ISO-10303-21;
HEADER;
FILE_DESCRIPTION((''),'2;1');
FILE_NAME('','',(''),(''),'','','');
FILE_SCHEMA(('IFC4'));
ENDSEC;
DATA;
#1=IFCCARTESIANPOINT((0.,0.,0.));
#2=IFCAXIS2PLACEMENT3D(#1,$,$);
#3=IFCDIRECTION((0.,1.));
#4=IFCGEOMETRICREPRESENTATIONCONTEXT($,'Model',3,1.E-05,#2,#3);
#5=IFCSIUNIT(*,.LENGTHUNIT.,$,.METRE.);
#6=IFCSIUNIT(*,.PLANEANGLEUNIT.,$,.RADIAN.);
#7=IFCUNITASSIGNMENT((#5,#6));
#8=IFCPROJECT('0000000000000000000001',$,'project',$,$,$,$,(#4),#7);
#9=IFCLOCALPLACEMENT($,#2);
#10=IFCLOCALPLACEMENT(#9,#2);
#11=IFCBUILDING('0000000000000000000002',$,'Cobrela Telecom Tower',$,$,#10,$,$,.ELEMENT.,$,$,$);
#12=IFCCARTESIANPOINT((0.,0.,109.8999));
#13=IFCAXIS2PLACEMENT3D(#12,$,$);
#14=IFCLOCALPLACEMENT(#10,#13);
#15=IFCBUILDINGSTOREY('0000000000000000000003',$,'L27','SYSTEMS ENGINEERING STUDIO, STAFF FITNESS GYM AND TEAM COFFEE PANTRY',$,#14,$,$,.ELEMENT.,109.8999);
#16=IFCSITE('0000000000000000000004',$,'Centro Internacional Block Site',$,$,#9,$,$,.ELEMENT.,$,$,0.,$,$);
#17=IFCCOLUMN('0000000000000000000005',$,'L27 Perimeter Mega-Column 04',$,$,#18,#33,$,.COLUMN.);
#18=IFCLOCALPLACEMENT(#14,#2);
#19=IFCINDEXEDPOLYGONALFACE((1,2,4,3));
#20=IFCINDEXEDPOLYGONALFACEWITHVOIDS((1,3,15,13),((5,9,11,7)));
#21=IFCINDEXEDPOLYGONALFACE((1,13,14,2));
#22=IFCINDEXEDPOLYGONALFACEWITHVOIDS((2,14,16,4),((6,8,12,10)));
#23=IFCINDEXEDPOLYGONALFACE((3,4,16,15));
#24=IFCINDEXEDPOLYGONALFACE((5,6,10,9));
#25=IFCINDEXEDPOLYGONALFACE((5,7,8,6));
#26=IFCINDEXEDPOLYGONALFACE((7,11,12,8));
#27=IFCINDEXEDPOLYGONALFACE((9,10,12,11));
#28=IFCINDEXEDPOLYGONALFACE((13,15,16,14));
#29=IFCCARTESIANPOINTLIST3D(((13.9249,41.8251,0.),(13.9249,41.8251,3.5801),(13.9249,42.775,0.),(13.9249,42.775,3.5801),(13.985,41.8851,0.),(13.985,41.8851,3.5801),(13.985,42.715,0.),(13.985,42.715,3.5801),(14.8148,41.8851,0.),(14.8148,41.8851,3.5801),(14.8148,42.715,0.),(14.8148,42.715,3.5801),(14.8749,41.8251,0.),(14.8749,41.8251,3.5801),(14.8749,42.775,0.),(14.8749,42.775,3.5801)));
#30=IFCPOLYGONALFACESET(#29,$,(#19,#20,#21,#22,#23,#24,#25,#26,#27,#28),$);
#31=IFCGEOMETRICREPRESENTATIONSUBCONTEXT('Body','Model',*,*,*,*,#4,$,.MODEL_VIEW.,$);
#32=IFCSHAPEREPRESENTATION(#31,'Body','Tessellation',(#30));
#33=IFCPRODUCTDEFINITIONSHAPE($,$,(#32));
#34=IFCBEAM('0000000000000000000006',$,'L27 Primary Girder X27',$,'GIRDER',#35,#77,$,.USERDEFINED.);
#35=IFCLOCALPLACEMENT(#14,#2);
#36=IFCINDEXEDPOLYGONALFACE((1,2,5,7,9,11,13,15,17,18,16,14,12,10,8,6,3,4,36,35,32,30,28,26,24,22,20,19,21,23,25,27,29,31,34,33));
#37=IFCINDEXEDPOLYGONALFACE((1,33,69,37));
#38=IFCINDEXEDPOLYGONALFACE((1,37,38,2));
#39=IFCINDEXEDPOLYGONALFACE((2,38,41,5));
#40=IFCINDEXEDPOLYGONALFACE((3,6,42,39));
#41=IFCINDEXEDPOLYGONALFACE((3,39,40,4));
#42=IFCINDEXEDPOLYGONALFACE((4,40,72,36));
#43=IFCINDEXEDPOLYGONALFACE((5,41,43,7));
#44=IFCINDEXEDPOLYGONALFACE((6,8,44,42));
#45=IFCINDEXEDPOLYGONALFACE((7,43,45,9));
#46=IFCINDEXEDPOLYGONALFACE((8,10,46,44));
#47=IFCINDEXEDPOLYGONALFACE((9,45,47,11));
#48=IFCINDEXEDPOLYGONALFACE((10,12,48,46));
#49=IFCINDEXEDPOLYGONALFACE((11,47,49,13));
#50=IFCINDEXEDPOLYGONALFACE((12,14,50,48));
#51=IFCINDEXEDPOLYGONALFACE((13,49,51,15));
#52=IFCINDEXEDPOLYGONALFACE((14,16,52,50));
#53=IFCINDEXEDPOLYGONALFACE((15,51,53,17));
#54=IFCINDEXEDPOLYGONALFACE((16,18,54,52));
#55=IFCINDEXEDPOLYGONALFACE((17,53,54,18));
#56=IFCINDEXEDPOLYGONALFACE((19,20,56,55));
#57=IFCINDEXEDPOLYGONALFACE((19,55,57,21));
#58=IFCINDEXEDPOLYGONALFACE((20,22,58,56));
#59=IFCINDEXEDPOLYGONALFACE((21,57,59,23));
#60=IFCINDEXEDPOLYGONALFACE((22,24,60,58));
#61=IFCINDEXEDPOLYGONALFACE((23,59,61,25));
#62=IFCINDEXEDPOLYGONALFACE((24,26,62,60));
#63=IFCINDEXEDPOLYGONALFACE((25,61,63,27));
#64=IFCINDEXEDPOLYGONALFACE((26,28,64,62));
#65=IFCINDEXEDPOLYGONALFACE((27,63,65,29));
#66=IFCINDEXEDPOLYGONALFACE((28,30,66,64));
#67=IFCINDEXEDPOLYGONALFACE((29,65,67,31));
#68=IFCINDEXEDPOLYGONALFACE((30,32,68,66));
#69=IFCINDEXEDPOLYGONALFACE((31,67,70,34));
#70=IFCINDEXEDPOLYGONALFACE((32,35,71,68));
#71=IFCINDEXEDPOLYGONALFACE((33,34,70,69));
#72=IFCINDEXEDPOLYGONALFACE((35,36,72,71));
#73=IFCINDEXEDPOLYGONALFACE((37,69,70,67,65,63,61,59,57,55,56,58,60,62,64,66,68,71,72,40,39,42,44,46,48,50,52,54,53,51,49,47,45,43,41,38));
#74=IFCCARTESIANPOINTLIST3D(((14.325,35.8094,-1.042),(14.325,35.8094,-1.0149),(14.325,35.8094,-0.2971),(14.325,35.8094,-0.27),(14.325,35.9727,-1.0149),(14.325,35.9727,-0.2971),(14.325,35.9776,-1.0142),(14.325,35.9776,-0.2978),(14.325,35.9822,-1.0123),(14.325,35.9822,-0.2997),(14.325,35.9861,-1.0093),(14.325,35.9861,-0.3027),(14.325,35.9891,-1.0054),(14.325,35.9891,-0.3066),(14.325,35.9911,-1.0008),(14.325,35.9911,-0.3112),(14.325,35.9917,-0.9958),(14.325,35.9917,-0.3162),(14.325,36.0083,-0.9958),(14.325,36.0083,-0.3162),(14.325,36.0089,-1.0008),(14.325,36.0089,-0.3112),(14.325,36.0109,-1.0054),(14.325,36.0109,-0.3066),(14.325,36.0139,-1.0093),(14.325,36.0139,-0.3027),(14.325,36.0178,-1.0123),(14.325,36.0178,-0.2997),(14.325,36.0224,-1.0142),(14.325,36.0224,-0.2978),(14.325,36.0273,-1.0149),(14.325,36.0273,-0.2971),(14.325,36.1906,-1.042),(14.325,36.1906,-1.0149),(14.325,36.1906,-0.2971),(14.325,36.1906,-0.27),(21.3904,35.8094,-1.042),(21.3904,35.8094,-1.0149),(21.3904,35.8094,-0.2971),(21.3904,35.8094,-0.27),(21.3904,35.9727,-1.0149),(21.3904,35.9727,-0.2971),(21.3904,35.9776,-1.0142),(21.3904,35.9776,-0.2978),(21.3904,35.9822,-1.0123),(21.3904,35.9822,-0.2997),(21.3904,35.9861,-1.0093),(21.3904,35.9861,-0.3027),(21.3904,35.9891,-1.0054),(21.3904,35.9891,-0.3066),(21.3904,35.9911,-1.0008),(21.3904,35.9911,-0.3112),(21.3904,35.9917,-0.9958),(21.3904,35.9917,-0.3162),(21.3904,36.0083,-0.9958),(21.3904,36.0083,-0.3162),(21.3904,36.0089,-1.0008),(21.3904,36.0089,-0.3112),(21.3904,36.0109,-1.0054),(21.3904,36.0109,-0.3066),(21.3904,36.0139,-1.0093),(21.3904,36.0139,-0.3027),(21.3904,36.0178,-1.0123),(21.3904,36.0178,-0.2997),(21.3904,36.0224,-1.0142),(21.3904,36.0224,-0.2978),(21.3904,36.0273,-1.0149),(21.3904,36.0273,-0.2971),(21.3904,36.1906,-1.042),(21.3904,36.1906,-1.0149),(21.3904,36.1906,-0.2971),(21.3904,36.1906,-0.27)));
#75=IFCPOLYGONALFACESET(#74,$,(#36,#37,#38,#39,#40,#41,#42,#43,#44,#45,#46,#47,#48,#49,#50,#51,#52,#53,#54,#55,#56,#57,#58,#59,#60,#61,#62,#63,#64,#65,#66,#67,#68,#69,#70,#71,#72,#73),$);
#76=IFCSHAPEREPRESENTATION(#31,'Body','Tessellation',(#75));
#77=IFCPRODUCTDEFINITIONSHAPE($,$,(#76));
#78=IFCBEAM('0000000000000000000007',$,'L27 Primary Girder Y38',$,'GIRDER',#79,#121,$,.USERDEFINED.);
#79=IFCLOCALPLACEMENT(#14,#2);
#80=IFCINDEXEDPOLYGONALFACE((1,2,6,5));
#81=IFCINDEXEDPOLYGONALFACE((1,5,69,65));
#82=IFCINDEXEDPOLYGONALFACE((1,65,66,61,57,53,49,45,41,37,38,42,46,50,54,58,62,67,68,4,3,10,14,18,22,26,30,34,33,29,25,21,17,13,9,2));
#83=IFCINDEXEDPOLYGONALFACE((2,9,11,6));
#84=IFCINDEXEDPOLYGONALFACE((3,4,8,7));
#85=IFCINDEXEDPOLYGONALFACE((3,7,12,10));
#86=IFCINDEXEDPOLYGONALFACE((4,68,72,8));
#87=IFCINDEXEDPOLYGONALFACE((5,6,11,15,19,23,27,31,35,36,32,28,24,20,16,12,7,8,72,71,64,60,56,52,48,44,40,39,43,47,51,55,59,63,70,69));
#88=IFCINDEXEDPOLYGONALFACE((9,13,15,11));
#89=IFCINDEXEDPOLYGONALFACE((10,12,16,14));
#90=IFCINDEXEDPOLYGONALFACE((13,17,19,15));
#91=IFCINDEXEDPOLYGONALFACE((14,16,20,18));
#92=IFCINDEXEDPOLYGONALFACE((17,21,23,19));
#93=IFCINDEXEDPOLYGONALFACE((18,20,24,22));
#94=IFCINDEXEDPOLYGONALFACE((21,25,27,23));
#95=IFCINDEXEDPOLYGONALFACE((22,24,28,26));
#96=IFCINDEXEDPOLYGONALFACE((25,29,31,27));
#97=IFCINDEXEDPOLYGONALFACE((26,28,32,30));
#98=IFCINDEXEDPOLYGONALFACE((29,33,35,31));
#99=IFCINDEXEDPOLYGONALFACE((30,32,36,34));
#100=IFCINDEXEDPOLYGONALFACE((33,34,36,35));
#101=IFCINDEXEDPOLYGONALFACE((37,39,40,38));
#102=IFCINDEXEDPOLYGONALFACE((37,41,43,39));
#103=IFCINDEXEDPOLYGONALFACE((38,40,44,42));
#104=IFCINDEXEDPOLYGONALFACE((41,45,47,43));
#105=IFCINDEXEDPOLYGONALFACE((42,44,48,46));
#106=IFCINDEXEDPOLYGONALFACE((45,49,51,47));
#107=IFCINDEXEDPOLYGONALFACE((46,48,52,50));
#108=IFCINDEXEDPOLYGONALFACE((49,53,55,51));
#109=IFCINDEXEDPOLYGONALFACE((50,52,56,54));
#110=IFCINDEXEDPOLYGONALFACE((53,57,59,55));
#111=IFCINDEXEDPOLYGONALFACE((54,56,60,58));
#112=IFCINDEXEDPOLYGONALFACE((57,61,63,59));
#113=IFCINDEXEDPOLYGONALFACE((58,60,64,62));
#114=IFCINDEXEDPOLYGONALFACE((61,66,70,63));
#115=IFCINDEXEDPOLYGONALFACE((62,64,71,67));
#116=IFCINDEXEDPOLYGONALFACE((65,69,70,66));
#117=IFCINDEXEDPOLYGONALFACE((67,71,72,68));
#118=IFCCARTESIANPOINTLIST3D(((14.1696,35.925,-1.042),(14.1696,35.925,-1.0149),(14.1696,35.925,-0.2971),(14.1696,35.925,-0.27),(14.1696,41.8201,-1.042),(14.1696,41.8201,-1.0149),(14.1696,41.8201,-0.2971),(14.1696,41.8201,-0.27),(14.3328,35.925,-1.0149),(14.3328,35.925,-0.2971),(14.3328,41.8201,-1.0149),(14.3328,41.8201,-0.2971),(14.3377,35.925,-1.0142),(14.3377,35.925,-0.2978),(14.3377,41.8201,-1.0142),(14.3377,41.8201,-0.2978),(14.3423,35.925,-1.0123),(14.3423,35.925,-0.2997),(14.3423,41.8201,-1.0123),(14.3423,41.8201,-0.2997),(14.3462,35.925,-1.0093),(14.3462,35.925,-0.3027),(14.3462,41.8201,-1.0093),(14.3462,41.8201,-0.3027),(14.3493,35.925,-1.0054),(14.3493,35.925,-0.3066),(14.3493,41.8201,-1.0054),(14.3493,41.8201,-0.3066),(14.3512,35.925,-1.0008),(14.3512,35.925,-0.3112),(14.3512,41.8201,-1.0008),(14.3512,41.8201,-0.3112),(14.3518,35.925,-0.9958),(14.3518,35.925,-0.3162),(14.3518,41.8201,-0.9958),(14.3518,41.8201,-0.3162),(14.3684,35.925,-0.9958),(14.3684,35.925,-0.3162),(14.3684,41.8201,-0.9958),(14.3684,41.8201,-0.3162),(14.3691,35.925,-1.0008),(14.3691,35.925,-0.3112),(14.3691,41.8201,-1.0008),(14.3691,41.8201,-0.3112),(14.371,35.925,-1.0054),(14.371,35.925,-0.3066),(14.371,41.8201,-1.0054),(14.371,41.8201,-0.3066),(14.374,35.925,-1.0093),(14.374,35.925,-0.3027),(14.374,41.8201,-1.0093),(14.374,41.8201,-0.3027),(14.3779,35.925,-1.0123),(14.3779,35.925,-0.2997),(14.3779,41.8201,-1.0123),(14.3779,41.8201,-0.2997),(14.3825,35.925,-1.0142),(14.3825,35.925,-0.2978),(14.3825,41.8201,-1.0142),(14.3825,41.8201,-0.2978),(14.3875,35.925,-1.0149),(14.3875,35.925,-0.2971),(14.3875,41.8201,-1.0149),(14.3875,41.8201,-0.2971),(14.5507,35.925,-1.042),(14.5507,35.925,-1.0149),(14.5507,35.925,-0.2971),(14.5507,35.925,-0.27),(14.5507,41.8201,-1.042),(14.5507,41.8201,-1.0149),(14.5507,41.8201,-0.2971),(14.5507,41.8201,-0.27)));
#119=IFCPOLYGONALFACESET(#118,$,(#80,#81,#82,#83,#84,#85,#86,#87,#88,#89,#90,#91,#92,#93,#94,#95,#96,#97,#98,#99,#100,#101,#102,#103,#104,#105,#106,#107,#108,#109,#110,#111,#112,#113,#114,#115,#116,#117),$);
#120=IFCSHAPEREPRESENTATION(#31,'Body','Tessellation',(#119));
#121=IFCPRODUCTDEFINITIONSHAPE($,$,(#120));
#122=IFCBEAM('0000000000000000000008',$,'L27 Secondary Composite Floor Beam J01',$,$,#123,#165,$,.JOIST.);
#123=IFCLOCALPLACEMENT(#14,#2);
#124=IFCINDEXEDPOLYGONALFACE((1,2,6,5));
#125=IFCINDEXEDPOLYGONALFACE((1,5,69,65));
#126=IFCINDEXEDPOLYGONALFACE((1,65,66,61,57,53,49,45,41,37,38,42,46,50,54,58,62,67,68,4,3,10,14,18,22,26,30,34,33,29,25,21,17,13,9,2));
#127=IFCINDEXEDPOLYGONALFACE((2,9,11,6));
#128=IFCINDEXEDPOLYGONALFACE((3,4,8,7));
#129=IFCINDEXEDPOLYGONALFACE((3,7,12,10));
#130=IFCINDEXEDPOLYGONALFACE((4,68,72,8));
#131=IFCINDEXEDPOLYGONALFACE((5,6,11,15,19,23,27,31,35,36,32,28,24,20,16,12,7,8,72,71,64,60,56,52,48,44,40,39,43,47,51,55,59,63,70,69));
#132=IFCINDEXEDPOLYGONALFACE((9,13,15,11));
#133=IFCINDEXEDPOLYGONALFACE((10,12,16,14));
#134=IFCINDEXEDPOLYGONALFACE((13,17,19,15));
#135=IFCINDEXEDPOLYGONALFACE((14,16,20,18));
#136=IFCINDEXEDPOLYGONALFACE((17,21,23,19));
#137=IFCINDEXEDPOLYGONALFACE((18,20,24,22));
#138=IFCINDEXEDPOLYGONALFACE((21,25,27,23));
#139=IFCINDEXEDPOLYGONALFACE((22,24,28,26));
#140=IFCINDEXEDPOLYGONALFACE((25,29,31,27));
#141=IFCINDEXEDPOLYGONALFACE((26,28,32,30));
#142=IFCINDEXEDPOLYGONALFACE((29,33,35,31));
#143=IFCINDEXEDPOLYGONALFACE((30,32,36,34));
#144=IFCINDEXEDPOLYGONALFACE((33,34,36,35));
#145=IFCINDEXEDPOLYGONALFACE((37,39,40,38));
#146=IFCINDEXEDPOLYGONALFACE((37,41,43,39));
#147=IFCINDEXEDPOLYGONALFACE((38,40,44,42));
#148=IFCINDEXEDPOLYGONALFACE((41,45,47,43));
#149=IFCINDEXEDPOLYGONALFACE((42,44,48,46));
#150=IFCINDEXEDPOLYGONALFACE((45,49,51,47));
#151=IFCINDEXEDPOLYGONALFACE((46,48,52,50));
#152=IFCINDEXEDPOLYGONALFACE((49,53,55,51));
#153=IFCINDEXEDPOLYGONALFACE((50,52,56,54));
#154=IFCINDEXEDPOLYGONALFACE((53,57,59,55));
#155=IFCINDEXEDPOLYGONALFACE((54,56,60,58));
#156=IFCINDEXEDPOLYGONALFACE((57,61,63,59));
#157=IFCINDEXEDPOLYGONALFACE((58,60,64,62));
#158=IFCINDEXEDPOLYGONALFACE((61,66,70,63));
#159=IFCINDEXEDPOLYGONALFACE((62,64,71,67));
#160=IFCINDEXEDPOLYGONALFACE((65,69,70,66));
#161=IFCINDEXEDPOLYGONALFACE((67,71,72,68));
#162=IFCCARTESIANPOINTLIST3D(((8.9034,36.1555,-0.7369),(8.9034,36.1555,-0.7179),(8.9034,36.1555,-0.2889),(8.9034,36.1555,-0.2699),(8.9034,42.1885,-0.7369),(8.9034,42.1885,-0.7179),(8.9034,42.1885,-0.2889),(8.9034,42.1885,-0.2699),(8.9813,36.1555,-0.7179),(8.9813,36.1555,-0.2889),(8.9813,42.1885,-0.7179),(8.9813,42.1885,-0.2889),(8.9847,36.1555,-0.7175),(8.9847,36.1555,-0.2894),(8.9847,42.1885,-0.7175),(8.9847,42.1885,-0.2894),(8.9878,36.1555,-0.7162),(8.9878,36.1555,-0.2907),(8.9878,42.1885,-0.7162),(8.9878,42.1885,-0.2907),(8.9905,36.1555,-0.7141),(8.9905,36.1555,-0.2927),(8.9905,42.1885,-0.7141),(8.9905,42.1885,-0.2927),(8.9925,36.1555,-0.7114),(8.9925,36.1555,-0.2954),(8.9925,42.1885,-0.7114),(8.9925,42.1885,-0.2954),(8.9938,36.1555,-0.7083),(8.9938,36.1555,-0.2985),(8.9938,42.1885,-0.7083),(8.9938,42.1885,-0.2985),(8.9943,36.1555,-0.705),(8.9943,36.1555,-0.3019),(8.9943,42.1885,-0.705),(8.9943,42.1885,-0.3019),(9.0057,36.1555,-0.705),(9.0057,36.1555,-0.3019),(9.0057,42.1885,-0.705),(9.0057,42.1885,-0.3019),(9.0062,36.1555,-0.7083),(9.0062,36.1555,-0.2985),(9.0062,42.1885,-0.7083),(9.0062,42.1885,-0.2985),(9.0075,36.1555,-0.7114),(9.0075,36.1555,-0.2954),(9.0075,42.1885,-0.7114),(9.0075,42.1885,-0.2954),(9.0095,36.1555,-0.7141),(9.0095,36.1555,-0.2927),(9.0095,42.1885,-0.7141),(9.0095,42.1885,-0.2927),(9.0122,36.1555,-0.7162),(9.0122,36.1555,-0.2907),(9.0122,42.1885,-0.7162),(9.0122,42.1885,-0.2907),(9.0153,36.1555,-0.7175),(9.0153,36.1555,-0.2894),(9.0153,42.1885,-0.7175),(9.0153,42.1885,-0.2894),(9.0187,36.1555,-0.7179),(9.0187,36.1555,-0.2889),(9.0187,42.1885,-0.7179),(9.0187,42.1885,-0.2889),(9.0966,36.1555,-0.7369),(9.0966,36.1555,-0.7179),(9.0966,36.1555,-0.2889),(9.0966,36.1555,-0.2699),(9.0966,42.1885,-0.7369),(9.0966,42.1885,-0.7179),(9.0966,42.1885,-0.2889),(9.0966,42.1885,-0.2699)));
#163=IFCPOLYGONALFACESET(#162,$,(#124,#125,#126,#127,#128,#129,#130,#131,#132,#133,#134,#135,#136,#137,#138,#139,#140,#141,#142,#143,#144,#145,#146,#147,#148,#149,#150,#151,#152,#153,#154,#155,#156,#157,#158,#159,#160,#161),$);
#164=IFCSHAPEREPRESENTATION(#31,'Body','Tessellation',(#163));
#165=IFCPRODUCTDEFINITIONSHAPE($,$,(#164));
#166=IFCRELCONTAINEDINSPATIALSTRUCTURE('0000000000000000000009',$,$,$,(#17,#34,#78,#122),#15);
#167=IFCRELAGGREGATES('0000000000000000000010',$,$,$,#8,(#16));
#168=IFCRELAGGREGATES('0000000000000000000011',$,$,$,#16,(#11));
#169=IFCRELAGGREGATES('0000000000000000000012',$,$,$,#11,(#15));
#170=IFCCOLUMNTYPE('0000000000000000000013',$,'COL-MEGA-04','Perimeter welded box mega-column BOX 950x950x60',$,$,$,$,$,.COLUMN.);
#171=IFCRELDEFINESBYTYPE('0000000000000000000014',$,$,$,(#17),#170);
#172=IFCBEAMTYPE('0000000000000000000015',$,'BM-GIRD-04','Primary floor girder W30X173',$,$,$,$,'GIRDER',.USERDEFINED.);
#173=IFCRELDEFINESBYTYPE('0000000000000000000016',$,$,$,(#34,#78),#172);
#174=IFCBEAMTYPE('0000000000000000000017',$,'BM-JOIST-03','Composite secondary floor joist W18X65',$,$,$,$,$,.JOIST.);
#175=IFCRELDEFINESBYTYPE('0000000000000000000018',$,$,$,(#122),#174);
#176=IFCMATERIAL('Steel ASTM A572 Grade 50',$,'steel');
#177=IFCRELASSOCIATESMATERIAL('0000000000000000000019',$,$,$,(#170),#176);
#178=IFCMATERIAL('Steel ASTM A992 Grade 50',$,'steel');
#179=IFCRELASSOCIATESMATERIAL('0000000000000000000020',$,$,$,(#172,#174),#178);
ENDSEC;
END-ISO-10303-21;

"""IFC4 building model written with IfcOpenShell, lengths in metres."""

from ifc_helpers import new_model, si_unit, direction, frame, origin, origin_2d, place, context, subcontext, project, spatial, hollow_rectangle, i_section, extrude, material, material_profile, profile_set, type_object, element, save


model = new_model("IFC4")

# Units and contexts
model_context = context("Model", 3, precision=1e-05, world=origin(), true_north=direction((0.0, 1.0)))
body_context = subcontext(model_context, "Body", "Model", "MODEL_VIEW")
ifc_project = project(units=[si_unit("LENGTHUNIT", "METRE"), si_unit("PLANEANGLEUNIT", "RADIAN")], contexts=[model_context])

# Site, building, storey
site_placement = place(None, origin())
site = spatial("IfcSite", under=ifc_project, at=site_placement, Name="Centro Internacional Block Site", CompositionType="ELEMENT", RefElevation=0.0)
building_placement = place(site_placement, origin())
building = spatial("IfcBuilding", under=site, at=building_placement, Name="Cobrela Telecom Tower", CompositionType="ELEMENT")
storey_placement = place(building_placement, frame((0.0, 0.0, 109.8999)))
storey = spatial("IfcBuildingStorey", under=building, at=storey_placement, Name="L27", Description="SYSTEMS ENGINEERING STUDIO, STAFF FITNESS GYM AND TEAM COFFEE PANTRY", CompositionType="ELEMENT", Elevation=109.8999)

# Column
ifc_material_1 = material(Name="Steel ASTM A572 Grade 50", Category="steel")
ifc_material_profile_1 = material_profile(ifc_material_1, hollow_rectangle(XDim=0.95, YDim=0.95, WallThickness=0.0601, at=origin_2d()), Name="BOX 950x950x60")
ifc_profile_set_1 = profile_set([ifc_material_profile_1], Name="Steel ASTM A572 Grade 50")
column_type = type_object("IfcColumnType", Name="COL-MEGA-04", Description="Perimeter welded box mega-column BOX 950x950x60", PredefinedType="COLUMN", material=ifc_profile_set_1)
column_placement = place(storey_placement, frame((14.3999, 42.3, 0.0), z_axis=(0.0, 0.0, 1.0), x_axis=(1.0, 0.0, 0.0)))
element("IfcColumn", 1, at=column_placement, inside=storey, type_object=column_type, Name="L27 Perimeter Mega-Column 04", PredefinedType="COLUMN", context=body_context, shape_type="SweptSolid", body=[
    extrude(hollow_rectangle(XDim=0.95, YDim=0.95, WallThickness=0.0601, at=origin_2d()), origin(), (0.0, 0.0, 1.0), 3.5801),
])

# Beams
ifc_material_2 = material(Name="Steel ASTM A992 Grade 50", Category="steel")
ifc_material_profile_2 = material_profile(ifc_material_2, i_section(OverallWidth=0.3811, OverallDepth=0.772, WebThickness=0.0166, FlangeThickness=0.0271, FilletRadius=0.019, at=origin_2d()), Name="W30X173")
ifc_profile_set_2 = profile_set([ifc_material_profile_2], Name="Steel ASTM A992 Grade 50")
beam_type_1 = type_object("IfcBeamType", Name="BM-GIRD-04", Description="Primary floor girder W30X173", ElementType="GIRDER", PredefinedType="USERDEFINED", material=ifc_profile_set_2)
beam_1_placement = place(storey_placement, frame((14.325, 36.0, -0.656), z_axis=(1.0, 0.0, 0.0), x_axis=(0.0, 1.0, 0.0)))
element("IfcBeam", 2, at=beam_1_placement, inside=storey, type_object=beam_type_1, Name="L27 Primary Girder X27", ObjectType="GIRDER", PredefinedType="USERDEFINED", context=body_context, shape_type="SweptSolid", body=[
    extrude(i_section(OverallWidth=0.3811, OverallDepth=0.772, WebThickness=0.0166, FlangeThickness=0.0271, FilletRadius=0.019, at=origin_2d()), origin(), (0.0, 0.0, 1.0), 7.0654),
])
beam_2_placement = place(storey_placement, frame((14.3601, 35.925, -0.656), z_axis=(0.0, 1.0, 0.0), x_axis=(-1.0, 0.0, 0.0)))
element("IfcBeam", 3, at=beam_2_placement, inside=storey, type_object=beam_type_1, Name="L27 Primary Girder Y38", ObjectType="GIRDER", PredefinedType="USERDEFINED", context=body_context, shape_type="SweptSolid", body=[
    extrude(i_section(OverallWidth=0.3811, OverallDepth=0.772, WebThickness=0.0166, FlangeThickness=0.0271, FilletRadius=0.019, at=origin_2d()), origin(), (0.0, 0.0, 1.0), 5.895),
])
ifc_material_profile_3 = material_profile(ifc_material_2, i_section(OverallWidth=0.1931, OverallDepth=0.467, WebThickness=0.0115, FlangeThickness=0.019, FilletRadius=0.0129, at=origin_2d()), Name="W18X65")
ifc_profile_set_3 = profile_set([ifc_material_profile_3], Name="Steel ASTM A992 Grade 50")
beam_type_2 = type_object("IfcBeamType", Name="BM-JOIST-03", Description="Composite secondary floor joist W18X65", PredefinedType="JOIST", material=ifc_profile_set_3)
for number, where, z_axis, x_axis, name in (
    (4, (9.0, 36.1555, -0.5034), (0.0, 1.0, 0.0), (-1.0, 0.0, 0.0), "L27 Secondary Composite Floor Beam J01"),
):
    element("IfcBeam", number, at=place(storey_placement, frame(where, z_axis=z_axis, x_axis=x_axis)), inside=storey, type_object=beam_type_2, Name=name, PredefinedType="JOIST", context=body_context, shape_type="SweptSolid", body=[
        extrude(i_section(OverallWidth=0.1931, OverallDepth=0.467, WebThickness=0.0115, FlangeThickness=0.019, FilletRadius=0.0129, at=origin_2d()), origin(), (0.0, 0.0, 1.0), 6.033),
    ])

save(model, "model.ifc")
